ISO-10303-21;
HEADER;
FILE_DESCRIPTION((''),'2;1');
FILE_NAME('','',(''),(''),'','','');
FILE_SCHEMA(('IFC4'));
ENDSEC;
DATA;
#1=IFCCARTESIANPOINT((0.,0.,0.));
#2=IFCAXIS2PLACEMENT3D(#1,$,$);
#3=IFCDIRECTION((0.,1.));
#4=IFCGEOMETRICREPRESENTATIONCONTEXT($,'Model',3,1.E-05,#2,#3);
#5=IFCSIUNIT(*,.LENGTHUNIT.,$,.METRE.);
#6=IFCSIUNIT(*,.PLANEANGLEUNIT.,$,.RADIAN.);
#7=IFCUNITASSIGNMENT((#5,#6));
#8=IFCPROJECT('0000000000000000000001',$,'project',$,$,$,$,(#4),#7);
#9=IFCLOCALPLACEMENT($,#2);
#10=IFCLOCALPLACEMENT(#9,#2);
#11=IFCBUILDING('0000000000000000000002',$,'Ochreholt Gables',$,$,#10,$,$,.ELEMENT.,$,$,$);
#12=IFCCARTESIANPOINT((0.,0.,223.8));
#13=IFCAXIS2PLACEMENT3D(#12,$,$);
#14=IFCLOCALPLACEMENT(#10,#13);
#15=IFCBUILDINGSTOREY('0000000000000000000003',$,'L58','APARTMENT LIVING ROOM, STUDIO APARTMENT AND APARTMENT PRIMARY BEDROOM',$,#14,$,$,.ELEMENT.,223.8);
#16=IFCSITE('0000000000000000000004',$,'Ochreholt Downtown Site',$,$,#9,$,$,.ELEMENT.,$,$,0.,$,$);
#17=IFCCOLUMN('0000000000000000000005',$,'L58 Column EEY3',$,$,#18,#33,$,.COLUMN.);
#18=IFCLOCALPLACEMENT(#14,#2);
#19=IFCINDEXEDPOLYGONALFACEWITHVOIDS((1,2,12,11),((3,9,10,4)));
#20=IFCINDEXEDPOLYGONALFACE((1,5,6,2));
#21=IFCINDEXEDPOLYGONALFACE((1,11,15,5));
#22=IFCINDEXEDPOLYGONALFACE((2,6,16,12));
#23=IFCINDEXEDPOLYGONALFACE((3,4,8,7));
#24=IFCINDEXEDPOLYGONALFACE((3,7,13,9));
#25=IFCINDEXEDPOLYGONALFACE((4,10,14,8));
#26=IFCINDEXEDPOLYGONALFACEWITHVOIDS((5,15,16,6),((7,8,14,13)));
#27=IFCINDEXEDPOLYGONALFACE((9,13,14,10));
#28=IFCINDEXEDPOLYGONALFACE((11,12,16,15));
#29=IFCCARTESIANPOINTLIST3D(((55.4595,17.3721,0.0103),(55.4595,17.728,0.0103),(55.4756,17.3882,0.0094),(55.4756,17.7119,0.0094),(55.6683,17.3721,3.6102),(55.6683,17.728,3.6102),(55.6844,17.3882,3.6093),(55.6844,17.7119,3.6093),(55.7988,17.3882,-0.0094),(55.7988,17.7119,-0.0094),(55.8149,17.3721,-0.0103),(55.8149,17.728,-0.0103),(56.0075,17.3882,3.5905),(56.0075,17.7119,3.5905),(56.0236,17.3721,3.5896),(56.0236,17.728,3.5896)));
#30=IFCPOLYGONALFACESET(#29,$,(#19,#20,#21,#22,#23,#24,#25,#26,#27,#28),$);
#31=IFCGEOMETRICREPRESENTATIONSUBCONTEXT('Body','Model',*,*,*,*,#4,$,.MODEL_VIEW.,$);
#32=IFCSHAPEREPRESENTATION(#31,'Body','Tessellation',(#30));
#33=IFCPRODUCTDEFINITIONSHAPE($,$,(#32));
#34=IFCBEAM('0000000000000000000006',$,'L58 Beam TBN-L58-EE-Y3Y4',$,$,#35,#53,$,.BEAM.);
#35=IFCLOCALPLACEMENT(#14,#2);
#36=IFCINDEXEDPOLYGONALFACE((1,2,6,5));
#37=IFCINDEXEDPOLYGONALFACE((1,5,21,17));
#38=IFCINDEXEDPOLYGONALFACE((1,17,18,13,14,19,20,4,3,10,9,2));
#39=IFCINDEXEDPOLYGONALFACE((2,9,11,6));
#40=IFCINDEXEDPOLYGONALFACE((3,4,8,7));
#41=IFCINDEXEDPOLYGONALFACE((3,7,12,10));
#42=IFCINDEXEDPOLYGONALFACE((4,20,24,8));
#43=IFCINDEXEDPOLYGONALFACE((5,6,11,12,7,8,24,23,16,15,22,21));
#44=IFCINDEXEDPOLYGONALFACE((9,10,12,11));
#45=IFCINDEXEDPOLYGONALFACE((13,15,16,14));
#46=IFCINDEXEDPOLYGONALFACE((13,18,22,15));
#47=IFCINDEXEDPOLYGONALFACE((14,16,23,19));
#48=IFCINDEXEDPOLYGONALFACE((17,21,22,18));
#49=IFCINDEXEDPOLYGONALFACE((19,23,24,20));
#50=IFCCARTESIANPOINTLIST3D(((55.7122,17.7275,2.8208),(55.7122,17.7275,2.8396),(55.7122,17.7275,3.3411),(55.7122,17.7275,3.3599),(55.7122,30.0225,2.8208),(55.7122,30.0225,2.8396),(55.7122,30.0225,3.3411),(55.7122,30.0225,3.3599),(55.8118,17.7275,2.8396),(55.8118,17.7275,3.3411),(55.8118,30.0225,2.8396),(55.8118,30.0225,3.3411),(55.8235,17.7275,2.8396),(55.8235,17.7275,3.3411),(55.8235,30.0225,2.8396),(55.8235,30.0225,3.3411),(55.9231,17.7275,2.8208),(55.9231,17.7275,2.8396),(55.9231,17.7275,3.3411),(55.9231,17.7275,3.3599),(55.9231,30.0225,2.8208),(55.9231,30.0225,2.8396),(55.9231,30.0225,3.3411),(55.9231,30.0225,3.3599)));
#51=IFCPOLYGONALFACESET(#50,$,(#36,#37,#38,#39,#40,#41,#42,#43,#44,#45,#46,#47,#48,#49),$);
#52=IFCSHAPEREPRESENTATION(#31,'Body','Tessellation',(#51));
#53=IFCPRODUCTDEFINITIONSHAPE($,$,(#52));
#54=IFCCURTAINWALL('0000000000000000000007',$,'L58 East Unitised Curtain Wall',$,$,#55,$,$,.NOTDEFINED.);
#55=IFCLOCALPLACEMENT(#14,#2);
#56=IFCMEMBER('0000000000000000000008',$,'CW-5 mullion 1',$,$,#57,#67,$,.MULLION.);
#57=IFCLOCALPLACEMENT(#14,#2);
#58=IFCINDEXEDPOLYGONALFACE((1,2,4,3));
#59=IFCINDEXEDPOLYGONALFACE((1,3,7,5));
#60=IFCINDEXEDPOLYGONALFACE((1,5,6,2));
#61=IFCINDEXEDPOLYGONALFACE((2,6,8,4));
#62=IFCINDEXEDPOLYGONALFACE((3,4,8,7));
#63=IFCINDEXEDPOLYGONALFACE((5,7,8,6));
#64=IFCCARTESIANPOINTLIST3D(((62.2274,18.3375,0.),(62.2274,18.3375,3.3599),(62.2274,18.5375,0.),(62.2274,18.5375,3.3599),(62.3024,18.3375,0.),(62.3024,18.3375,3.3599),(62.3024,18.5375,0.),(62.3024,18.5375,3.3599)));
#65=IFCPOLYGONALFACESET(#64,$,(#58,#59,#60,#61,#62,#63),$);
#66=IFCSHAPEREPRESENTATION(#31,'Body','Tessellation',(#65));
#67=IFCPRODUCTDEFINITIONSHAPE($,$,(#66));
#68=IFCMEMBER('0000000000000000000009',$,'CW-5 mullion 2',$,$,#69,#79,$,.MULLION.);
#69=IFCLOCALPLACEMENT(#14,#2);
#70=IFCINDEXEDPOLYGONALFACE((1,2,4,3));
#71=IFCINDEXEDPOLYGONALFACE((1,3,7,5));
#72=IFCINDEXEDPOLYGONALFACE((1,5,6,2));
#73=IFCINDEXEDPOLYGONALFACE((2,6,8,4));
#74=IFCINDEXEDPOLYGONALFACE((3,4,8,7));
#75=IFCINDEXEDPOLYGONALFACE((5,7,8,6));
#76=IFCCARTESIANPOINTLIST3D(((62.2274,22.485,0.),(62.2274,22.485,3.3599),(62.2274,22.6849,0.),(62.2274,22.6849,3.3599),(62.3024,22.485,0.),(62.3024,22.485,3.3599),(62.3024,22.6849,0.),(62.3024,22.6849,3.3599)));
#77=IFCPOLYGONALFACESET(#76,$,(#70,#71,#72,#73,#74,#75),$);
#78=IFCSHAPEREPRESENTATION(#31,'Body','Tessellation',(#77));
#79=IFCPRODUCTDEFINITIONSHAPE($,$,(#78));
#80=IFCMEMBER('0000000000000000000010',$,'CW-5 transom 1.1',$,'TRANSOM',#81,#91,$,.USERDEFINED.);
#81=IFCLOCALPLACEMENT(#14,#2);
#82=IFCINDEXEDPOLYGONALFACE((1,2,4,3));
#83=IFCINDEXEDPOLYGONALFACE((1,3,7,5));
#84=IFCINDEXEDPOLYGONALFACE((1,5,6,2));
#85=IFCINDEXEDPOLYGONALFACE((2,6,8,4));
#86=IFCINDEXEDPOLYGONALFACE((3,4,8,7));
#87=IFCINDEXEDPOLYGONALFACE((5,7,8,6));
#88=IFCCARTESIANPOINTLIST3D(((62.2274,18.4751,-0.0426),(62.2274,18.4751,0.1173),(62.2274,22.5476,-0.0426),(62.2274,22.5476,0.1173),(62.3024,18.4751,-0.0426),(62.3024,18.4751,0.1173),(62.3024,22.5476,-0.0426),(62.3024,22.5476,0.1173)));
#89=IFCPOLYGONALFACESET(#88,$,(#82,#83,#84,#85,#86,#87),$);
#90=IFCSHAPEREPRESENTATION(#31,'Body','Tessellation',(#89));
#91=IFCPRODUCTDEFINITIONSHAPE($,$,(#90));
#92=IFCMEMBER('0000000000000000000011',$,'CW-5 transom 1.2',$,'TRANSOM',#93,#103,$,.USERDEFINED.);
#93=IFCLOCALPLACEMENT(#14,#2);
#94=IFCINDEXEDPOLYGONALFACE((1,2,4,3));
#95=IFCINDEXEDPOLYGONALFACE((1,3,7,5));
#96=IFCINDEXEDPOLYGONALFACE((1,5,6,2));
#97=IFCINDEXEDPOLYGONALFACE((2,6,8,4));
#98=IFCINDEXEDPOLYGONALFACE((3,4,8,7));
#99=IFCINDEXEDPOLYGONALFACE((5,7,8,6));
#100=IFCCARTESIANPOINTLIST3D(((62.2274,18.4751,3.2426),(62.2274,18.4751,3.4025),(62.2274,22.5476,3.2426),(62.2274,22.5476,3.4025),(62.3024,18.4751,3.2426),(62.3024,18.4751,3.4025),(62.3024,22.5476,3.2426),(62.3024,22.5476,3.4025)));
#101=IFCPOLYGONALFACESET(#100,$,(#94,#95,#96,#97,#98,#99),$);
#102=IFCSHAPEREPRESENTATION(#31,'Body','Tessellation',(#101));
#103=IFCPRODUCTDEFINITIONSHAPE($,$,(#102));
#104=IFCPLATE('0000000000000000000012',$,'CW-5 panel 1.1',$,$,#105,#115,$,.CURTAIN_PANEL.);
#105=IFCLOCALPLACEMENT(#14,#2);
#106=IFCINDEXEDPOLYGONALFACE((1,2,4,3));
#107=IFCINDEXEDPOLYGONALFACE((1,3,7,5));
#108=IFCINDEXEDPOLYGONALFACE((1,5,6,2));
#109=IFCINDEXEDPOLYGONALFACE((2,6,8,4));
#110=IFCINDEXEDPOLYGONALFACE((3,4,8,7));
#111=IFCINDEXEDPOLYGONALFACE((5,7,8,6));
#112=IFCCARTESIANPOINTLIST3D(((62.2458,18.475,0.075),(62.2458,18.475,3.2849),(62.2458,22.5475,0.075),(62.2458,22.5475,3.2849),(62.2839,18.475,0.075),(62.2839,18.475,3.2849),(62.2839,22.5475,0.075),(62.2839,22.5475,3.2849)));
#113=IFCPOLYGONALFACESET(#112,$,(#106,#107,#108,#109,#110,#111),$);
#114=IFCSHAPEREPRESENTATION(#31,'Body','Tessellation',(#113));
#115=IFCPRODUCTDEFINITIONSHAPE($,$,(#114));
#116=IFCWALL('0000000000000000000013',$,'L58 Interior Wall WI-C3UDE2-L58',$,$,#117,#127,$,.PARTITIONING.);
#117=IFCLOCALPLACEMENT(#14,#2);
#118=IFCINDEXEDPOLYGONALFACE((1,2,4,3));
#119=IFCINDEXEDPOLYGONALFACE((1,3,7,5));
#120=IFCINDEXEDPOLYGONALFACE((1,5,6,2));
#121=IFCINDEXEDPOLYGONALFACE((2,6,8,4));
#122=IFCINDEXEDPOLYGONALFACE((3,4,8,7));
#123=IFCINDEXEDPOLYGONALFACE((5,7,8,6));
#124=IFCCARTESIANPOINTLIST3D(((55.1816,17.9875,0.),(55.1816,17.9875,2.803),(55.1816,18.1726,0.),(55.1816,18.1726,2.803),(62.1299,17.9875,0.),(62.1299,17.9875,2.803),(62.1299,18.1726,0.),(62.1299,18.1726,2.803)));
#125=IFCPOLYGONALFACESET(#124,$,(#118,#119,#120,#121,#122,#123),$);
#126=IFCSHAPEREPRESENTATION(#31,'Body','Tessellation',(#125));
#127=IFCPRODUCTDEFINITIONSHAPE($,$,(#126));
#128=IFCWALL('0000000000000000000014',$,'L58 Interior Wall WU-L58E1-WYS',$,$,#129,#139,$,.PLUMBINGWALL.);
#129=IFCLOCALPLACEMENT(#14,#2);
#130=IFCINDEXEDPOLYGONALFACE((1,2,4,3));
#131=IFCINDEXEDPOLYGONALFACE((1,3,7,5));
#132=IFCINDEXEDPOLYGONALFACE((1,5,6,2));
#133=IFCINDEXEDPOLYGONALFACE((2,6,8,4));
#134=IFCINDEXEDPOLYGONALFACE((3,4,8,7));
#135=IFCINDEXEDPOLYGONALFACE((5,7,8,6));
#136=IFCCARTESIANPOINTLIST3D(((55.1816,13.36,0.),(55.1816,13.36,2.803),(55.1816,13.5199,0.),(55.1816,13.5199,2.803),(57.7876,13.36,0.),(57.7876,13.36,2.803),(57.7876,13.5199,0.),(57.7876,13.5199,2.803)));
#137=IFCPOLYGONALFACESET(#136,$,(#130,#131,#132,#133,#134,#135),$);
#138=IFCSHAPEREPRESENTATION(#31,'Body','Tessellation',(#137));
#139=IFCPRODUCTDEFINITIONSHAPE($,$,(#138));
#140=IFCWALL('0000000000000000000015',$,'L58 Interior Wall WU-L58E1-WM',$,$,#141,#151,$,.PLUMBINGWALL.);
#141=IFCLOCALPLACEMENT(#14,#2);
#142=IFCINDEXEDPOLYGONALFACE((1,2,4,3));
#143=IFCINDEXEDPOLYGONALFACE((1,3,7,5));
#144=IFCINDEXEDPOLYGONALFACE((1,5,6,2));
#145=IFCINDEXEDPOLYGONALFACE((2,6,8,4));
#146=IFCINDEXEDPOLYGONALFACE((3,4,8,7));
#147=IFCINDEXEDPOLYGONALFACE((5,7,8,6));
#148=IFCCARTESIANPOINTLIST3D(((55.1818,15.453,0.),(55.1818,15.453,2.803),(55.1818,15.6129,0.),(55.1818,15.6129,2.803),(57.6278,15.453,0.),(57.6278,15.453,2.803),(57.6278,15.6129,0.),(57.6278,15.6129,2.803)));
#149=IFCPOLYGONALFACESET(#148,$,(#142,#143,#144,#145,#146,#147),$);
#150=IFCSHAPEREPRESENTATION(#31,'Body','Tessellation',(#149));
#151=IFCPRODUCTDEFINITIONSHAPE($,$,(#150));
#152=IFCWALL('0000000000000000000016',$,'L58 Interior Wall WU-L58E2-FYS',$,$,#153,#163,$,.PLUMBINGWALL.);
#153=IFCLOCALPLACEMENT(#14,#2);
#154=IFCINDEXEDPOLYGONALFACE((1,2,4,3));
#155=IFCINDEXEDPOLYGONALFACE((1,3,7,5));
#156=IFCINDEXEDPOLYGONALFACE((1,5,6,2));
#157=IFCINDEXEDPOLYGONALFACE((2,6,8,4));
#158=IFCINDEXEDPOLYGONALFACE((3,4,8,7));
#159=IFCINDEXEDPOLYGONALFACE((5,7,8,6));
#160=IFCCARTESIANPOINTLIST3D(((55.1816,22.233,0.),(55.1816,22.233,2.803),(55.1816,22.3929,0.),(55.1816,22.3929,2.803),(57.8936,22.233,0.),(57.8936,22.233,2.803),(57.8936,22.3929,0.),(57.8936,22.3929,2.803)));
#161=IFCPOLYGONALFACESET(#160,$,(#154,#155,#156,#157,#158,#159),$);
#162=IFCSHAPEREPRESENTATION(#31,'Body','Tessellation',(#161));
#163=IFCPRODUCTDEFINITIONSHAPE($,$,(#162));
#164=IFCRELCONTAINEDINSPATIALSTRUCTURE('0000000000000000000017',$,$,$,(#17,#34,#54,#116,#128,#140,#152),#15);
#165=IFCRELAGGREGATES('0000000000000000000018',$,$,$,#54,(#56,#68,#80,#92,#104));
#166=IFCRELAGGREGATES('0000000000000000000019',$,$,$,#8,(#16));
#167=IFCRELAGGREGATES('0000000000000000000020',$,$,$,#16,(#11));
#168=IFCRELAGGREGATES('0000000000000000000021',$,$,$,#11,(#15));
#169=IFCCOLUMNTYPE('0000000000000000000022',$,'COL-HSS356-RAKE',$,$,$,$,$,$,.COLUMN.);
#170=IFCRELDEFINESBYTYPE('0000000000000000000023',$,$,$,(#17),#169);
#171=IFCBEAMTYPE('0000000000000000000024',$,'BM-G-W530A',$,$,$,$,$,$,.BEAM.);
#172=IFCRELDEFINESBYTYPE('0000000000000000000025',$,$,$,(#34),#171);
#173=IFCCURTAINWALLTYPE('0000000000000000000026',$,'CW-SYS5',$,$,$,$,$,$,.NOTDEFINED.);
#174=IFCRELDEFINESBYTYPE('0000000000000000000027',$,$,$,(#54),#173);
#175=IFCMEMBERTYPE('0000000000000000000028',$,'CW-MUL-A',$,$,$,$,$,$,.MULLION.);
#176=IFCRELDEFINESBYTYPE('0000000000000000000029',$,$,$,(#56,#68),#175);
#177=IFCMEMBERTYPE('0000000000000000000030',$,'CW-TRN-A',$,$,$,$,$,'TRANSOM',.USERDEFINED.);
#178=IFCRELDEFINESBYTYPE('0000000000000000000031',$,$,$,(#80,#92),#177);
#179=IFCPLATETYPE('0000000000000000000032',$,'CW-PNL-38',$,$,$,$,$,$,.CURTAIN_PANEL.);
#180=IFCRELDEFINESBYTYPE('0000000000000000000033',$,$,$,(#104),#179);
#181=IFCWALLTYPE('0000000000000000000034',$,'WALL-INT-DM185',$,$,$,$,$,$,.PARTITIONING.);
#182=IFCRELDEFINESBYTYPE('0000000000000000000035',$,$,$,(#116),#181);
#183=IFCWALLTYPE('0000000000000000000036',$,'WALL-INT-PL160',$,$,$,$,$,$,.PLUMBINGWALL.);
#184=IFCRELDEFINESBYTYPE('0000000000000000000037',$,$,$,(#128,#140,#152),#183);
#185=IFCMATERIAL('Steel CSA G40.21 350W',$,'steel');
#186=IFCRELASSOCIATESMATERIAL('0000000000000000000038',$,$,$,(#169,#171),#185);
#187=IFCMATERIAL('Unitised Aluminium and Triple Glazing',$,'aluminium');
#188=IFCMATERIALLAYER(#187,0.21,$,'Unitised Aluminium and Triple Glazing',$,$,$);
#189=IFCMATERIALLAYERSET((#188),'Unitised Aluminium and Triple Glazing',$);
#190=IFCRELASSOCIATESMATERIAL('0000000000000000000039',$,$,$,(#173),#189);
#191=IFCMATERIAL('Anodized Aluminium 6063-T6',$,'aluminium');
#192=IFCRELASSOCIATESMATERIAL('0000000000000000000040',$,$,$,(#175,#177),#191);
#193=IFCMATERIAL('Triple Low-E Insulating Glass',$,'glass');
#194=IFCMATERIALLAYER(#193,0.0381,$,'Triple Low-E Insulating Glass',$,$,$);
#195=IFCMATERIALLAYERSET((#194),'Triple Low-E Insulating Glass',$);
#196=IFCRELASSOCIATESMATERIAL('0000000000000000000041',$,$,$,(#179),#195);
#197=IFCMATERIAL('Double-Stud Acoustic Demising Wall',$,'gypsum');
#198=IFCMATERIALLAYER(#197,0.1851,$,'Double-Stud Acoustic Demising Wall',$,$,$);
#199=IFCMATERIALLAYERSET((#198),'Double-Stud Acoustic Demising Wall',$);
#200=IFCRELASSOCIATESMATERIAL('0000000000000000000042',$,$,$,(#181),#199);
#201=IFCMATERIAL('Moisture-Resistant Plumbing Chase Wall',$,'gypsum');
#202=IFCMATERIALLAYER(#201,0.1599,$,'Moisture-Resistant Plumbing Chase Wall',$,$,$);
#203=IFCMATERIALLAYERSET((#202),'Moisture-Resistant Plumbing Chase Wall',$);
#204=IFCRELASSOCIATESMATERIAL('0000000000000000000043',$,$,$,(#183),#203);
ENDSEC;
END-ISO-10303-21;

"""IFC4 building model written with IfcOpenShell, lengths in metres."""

from ifc_helpers import new_model, si_unit, direction, frame, frame_2d, origin, origin_2d, place, context, subcontext, project, spatial, rectangle, hollow_rectangle, i_section, extrude, material, layer, layer_set, material_profile, profile_set, type_object, element, aggregate, save


model = new_model("IFC4")

# Units and contexts
model_context = context("Model", 3, precision=1e-05, world=origin(), true_north=direction((0.0, 1.0)))
body_context = subcontext(model_context, "Body", "Model", "MODEL_VIEW")
ifc_project = project(units=[si_unit("LENGTHUNIT", "METRE"), si_unit("PLANEANGLEUNIT", "RADIAN")], contexts=[model_context])

# Site, building, storey
site_placement = place(None, origin())
site = spatial("IfcSite", under=ifc_project, at=site_placement, Name="Ochreholt Downtown Site", CompositionType="ELEMENT", RefElevation=0.0)
building_placement = place(site_placement, origin())
building = spatial("IfcBuilding", under=site, at=building_placement, Name="Ochreholt Gables", CompositionType="ELEMENT")
storey_placement = place(building_placement, frame((0.0, 0.0, 223.8)))
storey = spatial("IfcBuildingStorey", under=building, at=storey_placement, Name="L58", Description="APARTMENT LIVING ROOM, STUDIO APARTMENT AND APARTMENT PRIMARY BEDROOM", CompositionType="ELEMENT", Elevation=223.8)

# Column
ifc_material_1 = material(Name="Steel CSA G40.21 350W", Category="steel")
ifc_material_profile_1 = material_profile(ifc_material_1, hollow_rectangle(XDim=0.356, YDim=0.356, WallThickness=0.0161, at=origin_2d()), Name="HSS356X356X16")
ifc_profile_set_1 = profile_set([ifc_material_profile_1], Name="Steel CSA G40.21 350W")
column_type = type_object("IfcColumnType", Name="COL-HSS356-RAKE", PredefinedType="COLUMN", material=ifc_profile_set_1)
column_placement = place(storey_placement, frame((55.6372, 17.55, 0.0), z_axis=(0.057889, 0.0, 0.998323), x_axis=(0.0, 1.0, 0.0)))
element("IfcColumn", 1, at=column_placement, inside=storey, type_object=column_type, Name="L58 Column EEY3", PredefinedType="COLUMN", context=body_context, shape_type="SweptSolid", body=[
    extrude(hollow_rectangle(XDim=0.356, YDim=0.356, WallThickness=0.0161, at=origin_2d()), origin(), (0.0, 0.0, 1.0), 3.606),
])

# Beam
ifc_material_profile_2 = material_profile(ifc_material_1, i_section(OverallWidth=0.2109, OverallDepth=0.5391, WebThickness=0.0117, FlangeThickness=0.0188, at=origin_2d()), Name="W530X109")
ifc_profile_set_2 = profile_set([ifc_material_profile_2], Name="Steel CSA G40.21 350W")
beam_type = type_object("IfcBeamType", Name="BM-G-W530A", PredefinedType="BEAM", material=ifc_profile_set_2)
beam_placement = place(storey_placement, frame((55.8176, 17.7275, 3.0903), z_axis=(0.0, 1.0, 0.0), x_axis=(-1.0, 0.0, 0.0)))
element("IfcBeam", 2, at=beam_placement, inside=storey, type_object=beam_type, Name="L58 Beam TBN-L58-EE-Y3Y4", PredefinedType="BEAM", context=body_context, shape_type="SweptSolid", body=[
    extrude(i_section(OverallWidth=0.2109, OverallDepth=0.5391, WebThickness=0.0117, FlangeThickness=0.0188, at=origin_2d()), origin(), (0.0, 0.0, 1.0), 12.2949),
])

# Curtain wall, members, plate
ifc_material_2 = material(Name="Unitised Aluminium and Triple Glazing", Category="aluminium")
ifc_layer_1 = layer(ifc_material_2, 0.21, Name="Unitised Aluminium and Triple Glazing")
ifc_layer_set_1 = layer_set([ifc_layer_1], Name="Unitised Aluminium and Triple Glazing")
curtain_wall_type = type_object("IfcCurtainWallType", Name="CW-SYS5", PredefinedType="NOTDEFINED", material=ifc_layer_set_1)
curtain_wall_placement = place(storey_placement, origin())
curtain_wall = element("IfcCurtainWall", 3, at=curtain_wall_placement, inside=storey, type_object=curtain_wall_type, Name="L58 East Unitised Curtain Wall", PredefinedType="NOTDEFINED")
ifc_material_3 = material(Name="Anodized Aluminium 6063-T6", Category="aluminium")
ifc_material_profile_3 = material_profile(ifc_material_3, rectangle(XDim=0.075, YDim=0.2, at=origin_2d()), Name="CWM75X200")
ifc_profile_set_3 = profile_set([ifc_material_profile_3], Name="Anodized Aluminium 6063-T6")
member_type_1 = type_object("IfcMemberType", Name="CW-MUL-A", PredefinedType="MULLION", material=ifc_profile_set_3)
member_1_placement = place(storey_placement, frame((62.2649, 18.4375, 0.0), z_axis=(0.0, 0.0, 1.0), x_axis=(-1.0, 0.0, 0.0)))
member_1 = element("IfcMember", 4, at=member_1_placement, type_object=member_type_1, Name="CW-5 mullion 1", PredefinedType="MULLION", context=body_context, shape_type="SweptSolid", body=[
    extrude(rectangle(XDim=0.075, YDim=0.2, at=origin_2d()), origin(), (0.0, 0.0, 1.0), 3.3599),
])
member_2_placement = place(storey_placement, frame((62.2649, 22.585, 0.0), z_axis=(0.0, 0.0, 1.0), x_axis=(-1.0, 0.0, 0.0)))
member_2 = element("IfcMember", 5, at=member_2_placement, type_object=member_type_1, Name="CW-5 mullion 2", PredefinedType="MULLION", context=body_context, shape_type="SweptSolid", body=[
    extrude(rectangle(XDim=0.075, YDim=0.2, at=origin_2d()), origin(), (0.0, 0.0, 1.0), 3.3599),
])
ifc_material_profile_4 = material_profile(ifc_material_3, rectangle(XDim=0.075, YDim=0.1599, at=origin_2d()), Name="CWT75X160")
ifc_profile_set_4 = profile_set([ifc_material_profile_4], Name="Anodized Aluminium 6063-T6")
member_type_2 = type_object("IfcMemberType", Name="CW-TRN-A", ElementType="TRANSOM", PredefinedType="USERDEFINED", material=ifc_profile_set_4)
member_3_placement = place(storey_placement, frame((62.2649, 18.4751, 0.0374), z_axis=(0.0, 1.0, 0.0), x_axis=(-1.0, 0.0, 0.0)))
member_3 = element("IfcMember", 6, at=member_3_placement, type_object=member_type_2, Name="CW-5 transom 1.1", ObjectType="TRANSOM", PredefinedType="USERDEFINED", context=body_context, shape_type="SweptSolid", body=[
    extrude(rectangle(XDim=0.075, YDim=0.1599, at=origin_2d()), origin(), (0.0, 0.0, 1.0), 4.0725),
])
member_4_placement = place(storey_placement, frame((62.2649, 18.4751, 3.3225), z_axis=(0.0, 1.0, 0.0), x_axis=(-1.0, 0.0, 0.0)))
member_4 = element("IfcMember", 7, at=member_4_placement, type_object=member_type_2, Name="CW-5 transom 1.2", ObjectType="TRANSOM", PredefinedType="USERDEFINED", context=body_context, shape_type="SweptSolid", body=[
    extrude(rectangle(XDim=0.075, YDim=0.1599, at=origin_2d()), origin(), (0.0, 0.0, 1.0), 4.0725),
])
ifc_material_4 = material(Name="Triple Low-E Insulating Glass", Category="glass")
ifc_layer_2 = layer(ifc_material_4, 0.0381, Name="Triple Low-E Insulating Glass")
ifc_layer_set_2 = layer_set([ifc_layer_2], Name="Triple Low-E Insulating Glass")
plate_type = type_object("IfcPlateType", Name="CW-PNL-38", PredefinedType="CURTAIN_PANEL", material=ifc_layer_set_2)
plate_placement = place(storey_placement, frame((62.2649, 20.5112, 0.075), z_axis=(0.0, 0.0, 1.0), x_axis=(0.0, 1.0, 0.0)))
plate = element("IfcPlate", 8, at=plate_placement, type_object=plate_type, Name="CW-5 panel 1.1", PredefinedType="CURTAIN_PANEL", context=body_context, shape_type="SweptSolid", body=[
    extrude(rectangle(XDim=4.0725, YDim=0.0381, at=origin_2d()), origin(), (0.0, 0.0, 1.0), 3.21),
])
aggregate(curtain_wall, [member_1, member_2, member_3, member_4, plate])

# Walls
ifc_material_5 = material(Name="Double-Stud Acoustic Demising Wall", Category="gypsum")
ifc_layer_3 = layer(ifc_material_5, 0.1851, Name="Double-Stud Acoustic Demising Wall")
ifc_layer_set_3 = layer_set([ifc_layer_3], Name="Double-Stud Acoustic Demising Wall")
wall_type_1 = type_object("IfcWallType", Name="WALL-INT-DM185", PredefinedType="PARTITIONING", material=ifc_layer_set_3)
wall_1_placement = place(storey_placement, frame((55.1816, 18.0801, 0.0), z_axis=(0.0, 0.0, 1.0), x_axis=(1.0, 0.0, 0.0)))
element("IfcWall", 9, at=wall_1_placement, inside=storey, type_object=wall_type_1, Name="L58 Interior Wall WI-C3UDE2-L58", PredefinedType="PARTITIONING", context=body_context, shape_type="SweptSolid", body=[
    extrude(rectangle(XDim=6.9482, YDim=0.1851, at=frame_2d((3.4741, 0.0))), origin(), (0.0, 0.0, 1.0), 2.803),
])
ifc_material_6 = material(Name="Moisture-Resistant Plumbing Chase Wall", Category="gypsum")
ifc_layer_4 = layer(ifc_material_6, 0.1599, Name="Moisture-Resistant Plumbing Chase Wall")
ifc_layer_set_4 = layer_set([ifc_layer_4], Name="Moisture-Resistant Plumbing Chase Wall")
wall_type_2 = type_object("IfcWallType", Name="WALL-INT-PL160", PredefinedType="PLUMBINGWALL", material=ifc_layer_set_4)
wall_2_placement = place(storey_placement, frame((55.1816, 13.4399, 0.0), z_axis=(0.0, 0.0, 1.0), x_axis=(1.0, 0.0, 0.0)))
element("IfcWall", 10, at=wall_2_placement, inside=storey, type_object=wall_type_2, Name="L58 Interior Wall WU-L58E1-WYS", PredefinedType="PLUMBINGWALL", context=body_context, shape_type="SweptSolid", body=[
    extrude(rectangle(XDim=2.606, YDim=0.1599, at=frame_2d((1.303, 0.0))), origin(), (0.0, 0.0, 1.0), 2.803),
])

# Walls
wall_3_placement = place(storey_placement, frame((55.1816, 15.533, 0.0), z_axis=(0.0, 0.0, 1.0), x_axis=(1.0, 0.0, 0.0)))
element("IfcWall", 11, at=wall_3_placement, inside=storey, type_object=wall_type_2, Name="L58 Interior Wall WU-L58E1-WM", PredefinedType="PLUMBINGWALL", context=body_context, shape_type="SweptSolid", body=[
    extrude(rectangle(XDim=2.446, YDim=0.1599, at=frame_2d((1.2231, 0.0))), origin(), (0.0, 0.0, 1.0), 2.803),
])
wall_4_placement = place(storey_placement, frame((55.1816, 22.313, 0.0), z_axis=(0.0, 0.0, 1.0), x_axis=(1.0, 0.0, 0.0)))
element("IfcWall", 12, at=wall_4_placement, inside=storey, type_object=wall_type_2, Name="L58 Interior Wall WU-L58E2-FYS", PredefinedType="PLUMBINGWALL", context=body_context, shape_type="SweptSolid", body=[
    extrude(rectangle(XDim=2.7119, YDim=0.1599, at=frame_2d((1.356, 0.0))), origin(), (0.0, 0.0, 1.0), 2.803),
])

save(model, "model.ifc")
